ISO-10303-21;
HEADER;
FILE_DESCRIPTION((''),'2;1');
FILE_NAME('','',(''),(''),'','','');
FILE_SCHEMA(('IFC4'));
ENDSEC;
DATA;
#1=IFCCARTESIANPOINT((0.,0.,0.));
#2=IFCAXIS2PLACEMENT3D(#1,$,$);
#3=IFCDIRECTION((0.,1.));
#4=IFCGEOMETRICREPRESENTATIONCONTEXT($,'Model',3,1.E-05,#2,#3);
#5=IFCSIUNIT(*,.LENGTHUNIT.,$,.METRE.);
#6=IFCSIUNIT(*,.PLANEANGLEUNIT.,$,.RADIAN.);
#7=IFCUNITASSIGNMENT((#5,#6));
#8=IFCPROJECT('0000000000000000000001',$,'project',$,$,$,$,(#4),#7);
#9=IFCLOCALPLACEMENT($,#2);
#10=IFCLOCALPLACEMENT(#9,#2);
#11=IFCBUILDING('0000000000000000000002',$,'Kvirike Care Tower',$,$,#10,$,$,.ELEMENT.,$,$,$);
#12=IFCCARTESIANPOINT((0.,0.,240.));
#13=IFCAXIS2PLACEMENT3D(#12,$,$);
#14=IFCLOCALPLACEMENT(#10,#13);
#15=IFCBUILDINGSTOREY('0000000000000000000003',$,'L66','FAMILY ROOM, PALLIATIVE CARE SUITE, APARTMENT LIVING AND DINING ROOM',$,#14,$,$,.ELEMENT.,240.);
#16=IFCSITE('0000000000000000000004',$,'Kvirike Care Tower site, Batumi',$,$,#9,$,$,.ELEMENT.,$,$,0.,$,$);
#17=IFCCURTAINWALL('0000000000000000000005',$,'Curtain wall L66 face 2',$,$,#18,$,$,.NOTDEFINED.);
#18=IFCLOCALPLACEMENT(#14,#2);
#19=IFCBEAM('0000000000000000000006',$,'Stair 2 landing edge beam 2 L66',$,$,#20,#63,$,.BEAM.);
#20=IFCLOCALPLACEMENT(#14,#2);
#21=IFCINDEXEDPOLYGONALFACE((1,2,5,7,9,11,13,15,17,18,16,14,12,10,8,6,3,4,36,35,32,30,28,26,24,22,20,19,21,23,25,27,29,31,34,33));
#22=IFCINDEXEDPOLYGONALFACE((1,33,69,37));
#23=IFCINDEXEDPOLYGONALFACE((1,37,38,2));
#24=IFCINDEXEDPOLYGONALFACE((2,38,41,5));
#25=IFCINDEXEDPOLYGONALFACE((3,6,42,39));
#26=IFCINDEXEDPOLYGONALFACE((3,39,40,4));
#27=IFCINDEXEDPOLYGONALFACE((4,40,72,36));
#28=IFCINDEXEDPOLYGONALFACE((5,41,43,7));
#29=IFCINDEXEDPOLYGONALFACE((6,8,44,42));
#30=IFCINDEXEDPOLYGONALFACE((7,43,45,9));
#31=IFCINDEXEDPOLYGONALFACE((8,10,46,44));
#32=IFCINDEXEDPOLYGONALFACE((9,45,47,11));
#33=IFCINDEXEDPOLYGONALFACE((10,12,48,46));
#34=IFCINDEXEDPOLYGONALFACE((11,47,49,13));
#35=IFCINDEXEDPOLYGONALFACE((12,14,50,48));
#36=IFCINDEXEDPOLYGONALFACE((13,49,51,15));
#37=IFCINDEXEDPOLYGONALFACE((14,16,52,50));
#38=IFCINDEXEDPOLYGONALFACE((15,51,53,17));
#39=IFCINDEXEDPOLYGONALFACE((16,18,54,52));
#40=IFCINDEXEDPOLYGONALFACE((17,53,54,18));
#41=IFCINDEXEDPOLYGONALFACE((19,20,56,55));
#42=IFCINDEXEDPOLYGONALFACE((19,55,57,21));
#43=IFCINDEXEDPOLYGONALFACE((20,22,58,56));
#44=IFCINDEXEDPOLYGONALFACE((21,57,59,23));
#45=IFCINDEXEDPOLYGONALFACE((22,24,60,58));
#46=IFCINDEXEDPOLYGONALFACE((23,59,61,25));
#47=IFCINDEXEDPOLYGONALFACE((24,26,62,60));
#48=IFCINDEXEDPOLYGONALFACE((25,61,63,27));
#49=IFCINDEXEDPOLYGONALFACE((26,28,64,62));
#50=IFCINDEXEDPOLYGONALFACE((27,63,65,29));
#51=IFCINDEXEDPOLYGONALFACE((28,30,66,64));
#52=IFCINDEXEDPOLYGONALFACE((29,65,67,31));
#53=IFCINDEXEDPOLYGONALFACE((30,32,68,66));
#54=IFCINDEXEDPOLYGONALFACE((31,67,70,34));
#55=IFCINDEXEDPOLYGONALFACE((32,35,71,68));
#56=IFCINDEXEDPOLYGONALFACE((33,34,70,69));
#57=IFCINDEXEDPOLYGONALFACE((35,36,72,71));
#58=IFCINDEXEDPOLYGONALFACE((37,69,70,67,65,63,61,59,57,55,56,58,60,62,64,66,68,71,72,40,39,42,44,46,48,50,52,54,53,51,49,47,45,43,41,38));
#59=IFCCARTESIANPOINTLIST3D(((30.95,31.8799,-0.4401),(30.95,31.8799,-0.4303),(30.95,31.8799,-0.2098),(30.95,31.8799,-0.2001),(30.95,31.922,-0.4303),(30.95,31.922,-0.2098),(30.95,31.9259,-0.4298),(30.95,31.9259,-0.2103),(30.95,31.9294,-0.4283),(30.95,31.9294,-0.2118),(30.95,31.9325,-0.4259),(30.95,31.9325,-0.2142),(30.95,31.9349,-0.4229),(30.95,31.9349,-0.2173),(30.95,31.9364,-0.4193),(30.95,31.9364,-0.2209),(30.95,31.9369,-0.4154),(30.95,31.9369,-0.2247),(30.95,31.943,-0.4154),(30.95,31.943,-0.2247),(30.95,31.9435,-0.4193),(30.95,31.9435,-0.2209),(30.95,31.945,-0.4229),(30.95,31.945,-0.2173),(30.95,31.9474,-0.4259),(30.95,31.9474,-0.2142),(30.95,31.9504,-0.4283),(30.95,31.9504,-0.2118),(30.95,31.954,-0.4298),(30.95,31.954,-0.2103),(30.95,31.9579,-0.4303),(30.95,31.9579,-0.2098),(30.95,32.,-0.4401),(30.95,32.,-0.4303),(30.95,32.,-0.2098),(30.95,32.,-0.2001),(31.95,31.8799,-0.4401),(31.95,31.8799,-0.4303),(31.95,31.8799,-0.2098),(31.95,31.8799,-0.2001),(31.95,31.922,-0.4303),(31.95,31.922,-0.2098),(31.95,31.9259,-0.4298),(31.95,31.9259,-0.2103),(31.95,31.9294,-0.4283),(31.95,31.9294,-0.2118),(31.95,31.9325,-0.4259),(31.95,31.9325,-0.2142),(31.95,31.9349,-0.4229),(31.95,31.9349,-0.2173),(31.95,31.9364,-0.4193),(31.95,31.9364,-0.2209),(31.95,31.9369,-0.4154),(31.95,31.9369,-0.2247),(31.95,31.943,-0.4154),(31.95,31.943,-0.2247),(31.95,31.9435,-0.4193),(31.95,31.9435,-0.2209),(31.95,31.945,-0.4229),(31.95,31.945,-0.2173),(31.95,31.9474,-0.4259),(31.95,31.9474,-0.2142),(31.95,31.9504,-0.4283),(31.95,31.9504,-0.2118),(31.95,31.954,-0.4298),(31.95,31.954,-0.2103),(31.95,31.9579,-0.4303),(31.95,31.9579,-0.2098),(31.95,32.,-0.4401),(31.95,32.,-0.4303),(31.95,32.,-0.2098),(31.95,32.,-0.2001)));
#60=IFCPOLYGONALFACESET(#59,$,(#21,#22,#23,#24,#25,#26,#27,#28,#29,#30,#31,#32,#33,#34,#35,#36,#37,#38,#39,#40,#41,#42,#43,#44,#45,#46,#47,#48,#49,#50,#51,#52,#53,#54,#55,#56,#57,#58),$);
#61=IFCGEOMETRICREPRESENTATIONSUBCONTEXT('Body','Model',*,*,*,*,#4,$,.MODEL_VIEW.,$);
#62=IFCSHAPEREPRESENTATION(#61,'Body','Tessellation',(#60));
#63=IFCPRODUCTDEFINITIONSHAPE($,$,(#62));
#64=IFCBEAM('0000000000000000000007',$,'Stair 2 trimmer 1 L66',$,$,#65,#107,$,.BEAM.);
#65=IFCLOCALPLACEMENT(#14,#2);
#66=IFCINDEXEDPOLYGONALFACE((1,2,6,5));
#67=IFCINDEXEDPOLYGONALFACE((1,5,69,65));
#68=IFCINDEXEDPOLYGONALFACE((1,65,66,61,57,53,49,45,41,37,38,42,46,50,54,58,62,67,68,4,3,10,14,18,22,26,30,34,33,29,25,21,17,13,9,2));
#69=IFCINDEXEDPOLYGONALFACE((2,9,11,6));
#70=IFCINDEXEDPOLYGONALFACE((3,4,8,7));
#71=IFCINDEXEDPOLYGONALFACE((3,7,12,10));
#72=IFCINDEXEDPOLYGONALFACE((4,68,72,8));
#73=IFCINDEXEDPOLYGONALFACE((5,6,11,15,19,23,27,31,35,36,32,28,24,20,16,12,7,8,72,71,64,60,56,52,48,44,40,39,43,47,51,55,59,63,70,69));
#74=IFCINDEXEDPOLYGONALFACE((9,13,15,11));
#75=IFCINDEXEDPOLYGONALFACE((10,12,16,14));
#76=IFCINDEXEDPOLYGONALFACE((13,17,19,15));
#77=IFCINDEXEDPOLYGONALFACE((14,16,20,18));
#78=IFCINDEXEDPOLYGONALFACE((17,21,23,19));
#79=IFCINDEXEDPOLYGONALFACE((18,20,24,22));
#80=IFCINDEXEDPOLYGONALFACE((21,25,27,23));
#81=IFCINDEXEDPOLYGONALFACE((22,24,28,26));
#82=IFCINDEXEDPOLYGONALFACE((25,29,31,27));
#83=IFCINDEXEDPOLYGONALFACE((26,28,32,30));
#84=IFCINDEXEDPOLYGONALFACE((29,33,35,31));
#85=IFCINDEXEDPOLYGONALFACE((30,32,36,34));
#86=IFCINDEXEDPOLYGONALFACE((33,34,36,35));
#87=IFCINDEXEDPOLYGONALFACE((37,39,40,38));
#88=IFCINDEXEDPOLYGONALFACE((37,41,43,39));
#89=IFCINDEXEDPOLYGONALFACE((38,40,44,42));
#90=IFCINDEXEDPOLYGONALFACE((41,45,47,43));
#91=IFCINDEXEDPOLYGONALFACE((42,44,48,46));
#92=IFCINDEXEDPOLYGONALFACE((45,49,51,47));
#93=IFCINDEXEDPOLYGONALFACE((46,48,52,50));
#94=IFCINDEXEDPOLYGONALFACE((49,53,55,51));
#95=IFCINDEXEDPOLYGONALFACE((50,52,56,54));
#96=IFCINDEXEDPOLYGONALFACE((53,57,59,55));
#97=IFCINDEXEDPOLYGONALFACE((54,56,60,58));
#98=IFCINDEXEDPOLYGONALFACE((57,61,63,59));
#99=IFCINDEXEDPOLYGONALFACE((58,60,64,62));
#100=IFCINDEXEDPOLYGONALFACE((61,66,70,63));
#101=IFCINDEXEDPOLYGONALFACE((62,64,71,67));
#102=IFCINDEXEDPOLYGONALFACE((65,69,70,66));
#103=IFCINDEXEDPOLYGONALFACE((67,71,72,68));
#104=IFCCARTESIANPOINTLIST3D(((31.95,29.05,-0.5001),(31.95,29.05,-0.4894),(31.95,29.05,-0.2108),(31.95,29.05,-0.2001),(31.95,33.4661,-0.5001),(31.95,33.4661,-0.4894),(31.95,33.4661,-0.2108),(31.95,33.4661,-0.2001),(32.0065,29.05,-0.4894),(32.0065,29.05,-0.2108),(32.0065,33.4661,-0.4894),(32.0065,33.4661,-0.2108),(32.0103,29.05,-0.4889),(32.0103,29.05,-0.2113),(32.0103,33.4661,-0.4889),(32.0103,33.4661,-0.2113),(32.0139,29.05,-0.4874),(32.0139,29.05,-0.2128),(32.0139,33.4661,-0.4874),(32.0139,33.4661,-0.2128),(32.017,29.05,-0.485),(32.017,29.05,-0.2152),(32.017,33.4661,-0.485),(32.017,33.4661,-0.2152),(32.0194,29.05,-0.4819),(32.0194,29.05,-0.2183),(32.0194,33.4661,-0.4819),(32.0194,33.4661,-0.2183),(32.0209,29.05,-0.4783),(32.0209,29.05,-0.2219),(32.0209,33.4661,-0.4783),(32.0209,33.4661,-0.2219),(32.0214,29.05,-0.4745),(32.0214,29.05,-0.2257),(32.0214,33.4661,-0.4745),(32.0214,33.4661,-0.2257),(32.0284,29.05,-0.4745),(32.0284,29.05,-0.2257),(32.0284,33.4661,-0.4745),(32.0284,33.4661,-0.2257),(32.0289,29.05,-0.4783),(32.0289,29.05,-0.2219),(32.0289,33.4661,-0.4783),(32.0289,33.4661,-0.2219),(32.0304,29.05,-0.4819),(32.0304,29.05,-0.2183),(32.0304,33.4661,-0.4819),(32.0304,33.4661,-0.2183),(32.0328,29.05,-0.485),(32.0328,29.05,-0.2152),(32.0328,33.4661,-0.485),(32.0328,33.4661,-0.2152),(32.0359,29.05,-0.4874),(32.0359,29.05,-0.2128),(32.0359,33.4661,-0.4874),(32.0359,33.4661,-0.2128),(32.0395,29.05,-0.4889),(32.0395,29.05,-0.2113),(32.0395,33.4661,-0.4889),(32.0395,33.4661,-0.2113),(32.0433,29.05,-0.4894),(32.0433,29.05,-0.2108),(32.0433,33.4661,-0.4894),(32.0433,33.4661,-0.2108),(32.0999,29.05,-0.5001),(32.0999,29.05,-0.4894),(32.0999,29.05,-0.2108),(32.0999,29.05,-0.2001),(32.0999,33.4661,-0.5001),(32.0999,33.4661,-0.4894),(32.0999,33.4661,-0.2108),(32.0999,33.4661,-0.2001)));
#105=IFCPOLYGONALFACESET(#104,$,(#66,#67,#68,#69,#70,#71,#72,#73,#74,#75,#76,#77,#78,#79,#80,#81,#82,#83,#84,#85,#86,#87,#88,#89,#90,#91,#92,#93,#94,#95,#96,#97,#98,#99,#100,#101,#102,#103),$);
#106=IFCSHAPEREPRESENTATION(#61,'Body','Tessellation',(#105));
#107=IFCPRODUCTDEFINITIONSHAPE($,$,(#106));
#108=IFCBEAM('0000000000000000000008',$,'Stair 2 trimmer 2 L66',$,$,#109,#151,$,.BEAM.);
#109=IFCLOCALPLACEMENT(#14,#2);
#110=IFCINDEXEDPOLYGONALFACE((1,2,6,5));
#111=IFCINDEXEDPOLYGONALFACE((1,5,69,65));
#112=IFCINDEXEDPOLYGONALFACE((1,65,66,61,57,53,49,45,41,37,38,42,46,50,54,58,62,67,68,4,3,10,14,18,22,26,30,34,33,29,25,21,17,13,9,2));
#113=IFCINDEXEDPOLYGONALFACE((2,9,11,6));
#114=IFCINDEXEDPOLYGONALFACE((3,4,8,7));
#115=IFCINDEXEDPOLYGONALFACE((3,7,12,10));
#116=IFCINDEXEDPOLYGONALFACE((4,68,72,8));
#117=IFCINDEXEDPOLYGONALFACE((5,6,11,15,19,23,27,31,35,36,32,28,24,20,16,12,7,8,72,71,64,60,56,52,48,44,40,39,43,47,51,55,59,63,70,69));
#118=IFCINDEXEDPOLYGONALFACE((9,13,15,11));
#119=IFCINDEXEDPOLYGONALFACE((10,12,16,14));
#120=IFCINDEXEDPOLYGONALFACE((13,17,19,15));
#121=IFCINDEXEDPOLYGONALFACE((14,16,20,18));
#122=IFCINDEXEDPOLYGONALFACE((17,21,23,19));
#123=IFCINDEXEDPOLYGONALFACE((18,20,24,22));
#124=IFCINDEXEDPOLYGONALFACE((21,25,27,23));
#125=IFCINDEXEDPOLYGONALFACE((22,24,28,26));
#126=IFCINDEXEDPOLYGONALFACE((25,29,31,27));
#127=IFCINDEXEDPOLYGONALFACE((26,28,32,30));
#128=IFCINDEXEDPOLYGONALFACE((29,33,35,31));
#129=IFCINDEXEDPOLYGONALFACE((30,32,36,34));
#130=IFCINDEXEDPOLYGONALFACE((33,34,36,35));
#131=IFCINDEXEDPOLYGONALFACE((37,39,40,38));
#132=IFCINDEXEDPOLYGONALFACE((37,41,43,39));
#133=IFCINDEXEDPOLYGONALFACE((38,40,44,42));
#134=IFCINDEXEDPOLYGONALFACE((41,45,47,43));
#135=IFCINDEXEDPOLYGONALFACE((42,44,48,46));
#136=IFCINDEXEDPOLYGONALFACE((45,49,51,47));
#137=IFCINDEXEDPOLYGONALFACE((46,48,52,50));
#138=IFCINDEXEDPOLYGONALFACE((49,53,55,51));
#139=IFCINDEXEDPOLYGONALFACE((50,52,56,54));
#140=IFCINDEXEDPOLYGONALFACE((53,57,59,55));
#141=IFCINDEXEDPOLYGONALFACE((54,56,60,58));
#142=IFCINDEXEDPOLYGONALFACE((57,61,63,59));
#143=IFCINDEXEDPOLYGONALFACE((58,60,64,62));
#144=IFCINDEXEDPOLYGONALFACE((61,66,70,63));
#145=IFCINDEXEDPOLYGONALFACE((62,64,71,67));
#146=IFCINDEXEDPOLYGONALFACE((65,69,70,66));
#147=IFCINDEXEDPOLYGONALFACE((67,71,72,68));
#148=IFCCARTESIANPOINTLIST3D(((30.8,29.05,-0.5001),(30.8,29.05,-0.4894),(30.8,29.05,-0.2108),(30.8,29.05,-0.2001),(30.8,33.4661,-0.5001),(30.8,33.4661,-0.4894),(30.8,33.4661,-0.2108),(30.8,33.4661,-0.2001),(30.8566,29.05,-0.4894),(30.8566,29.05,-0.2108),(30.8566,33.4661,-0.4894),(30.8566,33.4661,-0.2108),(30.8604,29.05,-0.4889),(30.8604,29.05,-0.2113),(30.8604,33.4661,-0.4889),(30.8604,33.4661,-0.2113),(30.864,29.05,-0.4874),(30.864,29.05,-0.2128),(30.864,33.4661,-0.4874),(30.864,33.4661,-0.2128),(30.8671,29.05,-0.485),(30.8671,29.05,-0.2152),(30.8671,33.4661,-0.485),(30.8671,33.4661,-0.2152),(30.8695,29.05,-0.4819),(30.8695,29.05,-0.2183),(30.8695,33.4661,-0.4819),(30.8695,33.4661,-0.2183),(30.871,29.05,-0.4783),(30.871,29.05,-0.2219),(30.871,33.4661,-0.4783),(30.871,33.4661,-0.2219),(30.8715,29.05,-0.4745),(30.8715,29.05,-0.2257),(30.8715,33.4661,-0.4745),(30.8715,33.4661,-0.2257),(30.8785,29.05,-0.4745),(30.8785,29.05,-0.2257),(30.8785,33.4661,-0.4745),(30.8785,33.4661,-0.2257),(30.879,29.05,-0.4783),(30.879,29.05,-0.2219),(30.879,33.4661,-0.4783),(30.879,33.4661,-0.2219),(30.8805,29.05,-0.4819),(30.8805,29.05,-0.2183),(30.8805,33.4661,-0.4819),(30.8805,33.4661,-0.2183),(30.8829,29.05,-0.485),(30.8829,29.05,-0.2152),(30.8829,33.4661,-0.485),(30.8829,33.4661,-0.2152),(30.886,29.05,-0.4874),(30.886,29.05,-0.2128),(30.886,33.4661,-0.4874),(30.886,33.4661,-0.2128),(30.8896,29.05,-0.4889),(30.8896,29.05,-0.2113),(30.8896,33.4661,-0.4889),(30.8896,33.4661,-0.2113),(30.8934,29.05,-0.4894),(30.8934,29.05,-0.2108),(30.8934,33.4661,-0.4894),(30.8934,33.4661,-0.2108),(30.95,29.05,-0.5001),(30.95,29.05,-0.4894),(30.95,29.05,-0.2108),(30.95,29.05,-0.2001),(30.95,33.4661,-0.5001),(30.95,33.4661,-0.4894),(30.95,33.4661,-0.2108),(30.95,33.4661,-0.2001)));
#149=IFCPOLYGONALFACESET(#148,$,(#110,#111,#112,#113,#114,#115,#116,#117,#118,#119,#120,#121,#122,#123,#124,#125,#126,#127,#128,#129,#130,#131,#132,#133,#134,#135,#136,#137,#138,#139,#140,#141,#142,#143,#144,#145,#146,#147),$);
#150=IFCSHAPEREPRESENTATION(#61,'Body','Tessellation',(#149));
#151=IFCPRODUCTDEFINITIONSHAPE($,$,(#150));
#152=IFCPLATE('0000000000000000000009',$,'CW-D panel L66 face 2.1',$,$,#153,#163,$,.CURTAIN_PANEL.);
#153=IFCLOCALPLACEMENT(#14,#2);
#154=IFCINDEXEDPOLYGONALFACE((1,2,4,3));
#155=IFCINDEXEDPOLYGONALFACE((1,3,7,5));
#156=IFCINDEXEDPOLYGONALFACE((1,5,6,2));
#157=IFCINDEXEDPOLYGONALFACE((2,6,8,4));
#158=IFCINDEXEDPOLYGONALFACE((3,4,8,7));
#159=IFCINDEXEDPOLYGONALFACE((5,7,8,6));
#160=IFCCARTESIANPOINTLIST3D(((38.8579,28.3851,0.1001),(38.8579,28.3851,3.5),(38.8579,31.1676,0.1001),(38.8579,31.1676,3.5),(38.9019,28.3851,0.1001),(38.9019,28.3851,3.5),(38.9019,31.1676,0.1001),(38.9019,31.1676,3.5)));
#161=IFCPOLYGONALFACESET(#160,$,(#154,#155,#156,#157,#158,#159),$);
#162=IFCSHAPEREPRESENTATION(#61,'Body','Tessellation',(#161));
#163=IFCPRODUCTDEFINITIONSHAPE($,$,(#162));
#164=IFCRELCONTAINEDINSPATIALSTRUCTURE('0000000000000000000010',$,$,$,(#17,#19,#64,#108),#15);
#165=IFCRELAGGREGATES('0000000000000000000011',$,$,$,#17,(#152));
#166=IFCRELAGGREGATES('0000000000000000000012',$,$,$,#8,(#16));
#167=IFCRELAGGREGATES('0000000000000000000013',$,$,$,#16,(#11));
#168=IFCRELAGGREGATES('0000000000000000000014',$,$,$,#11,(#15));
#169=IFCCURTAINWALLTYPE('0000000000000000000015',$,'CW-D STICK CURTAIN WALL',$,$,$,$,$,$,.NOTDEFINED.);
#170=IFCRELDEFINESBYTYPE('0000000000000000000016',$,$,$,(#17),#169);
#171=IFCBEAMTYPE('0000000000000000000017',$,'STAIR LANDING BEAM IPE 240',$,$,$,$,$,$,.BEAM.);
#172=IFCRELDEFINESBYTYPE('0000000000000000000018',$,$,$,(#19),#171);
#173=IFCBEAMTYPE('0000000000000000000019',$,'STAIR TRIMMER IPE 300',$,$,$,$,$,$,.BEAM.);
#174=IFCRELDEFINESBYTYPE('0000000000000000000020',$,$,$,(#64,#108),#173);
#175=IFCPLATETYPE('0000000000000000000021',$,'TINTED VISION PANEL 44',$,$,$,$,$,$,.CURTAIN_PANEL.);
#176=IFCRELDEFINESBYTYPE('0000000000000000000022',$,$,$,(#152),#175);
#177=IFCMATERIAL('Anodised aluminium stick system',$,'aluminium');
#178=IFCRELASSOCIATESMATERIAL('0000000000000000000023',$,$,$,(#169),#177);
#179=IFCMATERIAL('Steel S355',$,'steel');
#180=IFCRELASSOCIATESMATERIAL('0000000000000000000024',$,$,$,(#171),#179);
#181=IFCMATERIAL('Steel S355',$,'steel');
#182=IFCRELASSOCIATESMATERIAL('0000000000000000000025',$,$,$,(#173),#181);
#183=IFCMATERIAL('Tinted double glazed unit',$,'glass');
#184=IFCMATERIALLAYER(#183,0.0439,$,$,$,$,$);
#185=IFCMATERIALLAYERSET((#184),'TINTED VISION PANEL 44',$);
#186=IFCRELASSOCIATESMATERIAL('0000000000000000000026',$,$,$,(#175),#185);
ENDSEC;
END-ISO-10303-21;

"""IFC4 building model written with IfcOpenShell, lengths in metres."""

from ifc_helpers import new_model, si_unit, direction, frame, origin, origin_2d, place, context, subcontext, project, spatial, rectangle, i_section, extrude, material, layer, layer_set, material_profile, profile_set, type_object, element, aggregate, save


model = new_model("IFC4")

# Units and contexts
model_context = context("Model", 3, precision=1e-05, world=origin(), true_north=direction((0.0, 1.0)))
body_context = subcontext(model_context, "Body", "Model", "MODEL_VIEW")
ifc_project = project(units=[si_unit("LENGTHUNIT", "METRE"), si_unit("PLANEANGLEUNIT", "RADIAN")], contexts=[model_context])

# Site, building, storey
site_placement = place(None, origin())
site = spatial("IfcSite", under=ifc_project, at=site_placement, Name="Kvirike Care Tower site, Batumi", CompositionType="ELEMENT", RefElevation=0.0)
building_placement = place(site_placement, origin())
building = spatial("IfcBuilding", under=site, at=building_placement, Name="Kvirike Care Tower", CompositionType="ELEMENT")
storey_placement = place(building_placement, frame((0.0, 0.0, 240.0)))
storey = spatial("IfcBuildingStorey", under=building, at=storey_placement, Name="L66", Description="FAMILY ROOM, PALLIATIVE CARE SUITE, APARTMENT LIVING AND DINING ROOM", CompositionType="ELEMENT", Elevation=240.0)

# Shared definitions
ifc_material_1 = material(Name="Anodised aluminium stick system", Category="aluminium")
curtain_wall_type = type_object("IfcCurtainWallType", Name="CW-D STICK CURTAIN WALL", PredefinedType="NOTDEFINED", material=ifc_material_1)

# Curtain wall
curtain_wall_1_placement = place(storey_placement, origin())
curtain_wall_1 = element("IfcCurtainWall", 1, at=curtain_wall_1_placement, inside=storey, type_object=curtain_wall_type, Name="Curtain wall L66 face 2", PredefinedType="NOTDEFINED")

# Beams
ifc_material_2 = material(Name="Steel S355", Category="steel")
ifc_material_profile_1 = material_profile(ifc_material_2, i_section(OverallWidth=0.1201, OverallDepth=0.24, WebThickness=0.0061, FlangeThickness=0.0098, FilletRadius=0.0149, at=origin_2d()), Name="IPE 240")
ifc_profile_set_1 = profile_set([ifc_material_profile_1], Name="Steel S355")
beam_type_1 = type_object("IfcBeamType", Name="STAIR LANDING BEAM IPE 240", PredefinedType="BEAM", material=ifc_profile_set_1)
for number, where, z_axis, x_axis, name in (
    (2, (31.95, 31.9399, -0.3201), (-1.0, 0.0, 0.0), (0.0, -1.0, 0.0), "Stair 2 landing edge beam 2 L66"),
):
    element("IfcBeam", number, at=place(storey_placement, frame(where, z_axis=z_axis, x_axis=x_axis)), inside=storey, type_object=beam_type_1, Name=name, PredefinedType="BEAM", context=body_context, shape_type="SweptSolid", body=[
        extrude(i_section(OverallWidth=0.1201, OverallDepth=0.24, WebThickness=0.0061, FlangeThickness=0.0098, FilletRadius=0.0149, at=origin_2d()), origin(), (0.0, 0.0, 1.0), 1.0),
    ])
ifc_material_3 = material(Name="Steel S355", Category="steel")
ifc_material_profile_2 = material_profile(ifc_material_3, i_section(OverallWidth=0.1499, OverallDepth=0.3, WebThickness=0.0071, FlangeThickness=0.0107, FilletRadius=0.0149, at=origin_2d()), Name="IPE 300")
ifc_profile_set_2 = profile_set([ifc_material_profile_2], Name="Steel S355")
beam_type_2 = type_object("IfcBeamType", Name="STAIR TRIMMER IPE 300", PredefinedType="BEAM", material=ifc_profile_set_2)
for number, where, z_axis, x_axis, name in (
    (3, (32.0249, 29.05, -0.3501), (0.0, 1.0, 0.0), (-1.0, 0.0, 0.0), "Stair 2 trimmer 1 L66"),
    (4, (30.875, 29.05, -0.3501), (0.0, 1.0, 0.0), (-1.0, 0.0, 0.0), "Stair 2 trimmer 2 L66"),
):
    element("IfcBeam", number, at=place(storey_placement, frame(where, z_axis=z_axis, x_axis=x_axis)), inside=storey, type_object=beam_type_2, Name=name, PredefinedType="BEAM", context=body_context, shape_type="SweptSolid", body=[
        extrude(i_section(OverallWidth=0.1499, OverallDepth=0.3, WebThickness=0.0071, FlangeThickness=0.0107, FilletRadius=0.0149, at=origin_2d()), origin(), (0.0, 0.0, 1.0), 4.416),
    ])

# Plate
ifc_material_4 = material(Name="Tinted double glazed unit", Category="glass")
ifc_layer_1 = layer(ifc_material_4, 0.0439)
ifc_layer_set_1 = layer_set([ifc_layer_1], Name="TINTED VISION PANEL 44")
plate_type = type_object("IfcPlateType", Name="TINTED VISION PANEL 44", PredefinedType="CURTAIN_PANEL", material=ifc_layer_set_1)
plate_placement = place(storey_placement, frame((38.8799, 29.7764, 0.1001), z_axis=(0.0, 0.0, 1.0), x_axis=(0.0, 1.0, 0.0)))
plate = element("IfcPlate", 5, at=plate_placement, type_object=plate_type, Name="CW-D panel L66 face 2.1", PredefinedType="CURTAIN_PANEL", context=body_context, shape_type="SweptSolid", body=[
    extrude(rectangle(XDim=2.7825, YDim=0.0439, at=origin_2d()), origin(), (0.0, 0.0, 1.0), 3.3999),
])
aggregate(curtain_wall_1, [plate])

save(model, "model.ifc")
